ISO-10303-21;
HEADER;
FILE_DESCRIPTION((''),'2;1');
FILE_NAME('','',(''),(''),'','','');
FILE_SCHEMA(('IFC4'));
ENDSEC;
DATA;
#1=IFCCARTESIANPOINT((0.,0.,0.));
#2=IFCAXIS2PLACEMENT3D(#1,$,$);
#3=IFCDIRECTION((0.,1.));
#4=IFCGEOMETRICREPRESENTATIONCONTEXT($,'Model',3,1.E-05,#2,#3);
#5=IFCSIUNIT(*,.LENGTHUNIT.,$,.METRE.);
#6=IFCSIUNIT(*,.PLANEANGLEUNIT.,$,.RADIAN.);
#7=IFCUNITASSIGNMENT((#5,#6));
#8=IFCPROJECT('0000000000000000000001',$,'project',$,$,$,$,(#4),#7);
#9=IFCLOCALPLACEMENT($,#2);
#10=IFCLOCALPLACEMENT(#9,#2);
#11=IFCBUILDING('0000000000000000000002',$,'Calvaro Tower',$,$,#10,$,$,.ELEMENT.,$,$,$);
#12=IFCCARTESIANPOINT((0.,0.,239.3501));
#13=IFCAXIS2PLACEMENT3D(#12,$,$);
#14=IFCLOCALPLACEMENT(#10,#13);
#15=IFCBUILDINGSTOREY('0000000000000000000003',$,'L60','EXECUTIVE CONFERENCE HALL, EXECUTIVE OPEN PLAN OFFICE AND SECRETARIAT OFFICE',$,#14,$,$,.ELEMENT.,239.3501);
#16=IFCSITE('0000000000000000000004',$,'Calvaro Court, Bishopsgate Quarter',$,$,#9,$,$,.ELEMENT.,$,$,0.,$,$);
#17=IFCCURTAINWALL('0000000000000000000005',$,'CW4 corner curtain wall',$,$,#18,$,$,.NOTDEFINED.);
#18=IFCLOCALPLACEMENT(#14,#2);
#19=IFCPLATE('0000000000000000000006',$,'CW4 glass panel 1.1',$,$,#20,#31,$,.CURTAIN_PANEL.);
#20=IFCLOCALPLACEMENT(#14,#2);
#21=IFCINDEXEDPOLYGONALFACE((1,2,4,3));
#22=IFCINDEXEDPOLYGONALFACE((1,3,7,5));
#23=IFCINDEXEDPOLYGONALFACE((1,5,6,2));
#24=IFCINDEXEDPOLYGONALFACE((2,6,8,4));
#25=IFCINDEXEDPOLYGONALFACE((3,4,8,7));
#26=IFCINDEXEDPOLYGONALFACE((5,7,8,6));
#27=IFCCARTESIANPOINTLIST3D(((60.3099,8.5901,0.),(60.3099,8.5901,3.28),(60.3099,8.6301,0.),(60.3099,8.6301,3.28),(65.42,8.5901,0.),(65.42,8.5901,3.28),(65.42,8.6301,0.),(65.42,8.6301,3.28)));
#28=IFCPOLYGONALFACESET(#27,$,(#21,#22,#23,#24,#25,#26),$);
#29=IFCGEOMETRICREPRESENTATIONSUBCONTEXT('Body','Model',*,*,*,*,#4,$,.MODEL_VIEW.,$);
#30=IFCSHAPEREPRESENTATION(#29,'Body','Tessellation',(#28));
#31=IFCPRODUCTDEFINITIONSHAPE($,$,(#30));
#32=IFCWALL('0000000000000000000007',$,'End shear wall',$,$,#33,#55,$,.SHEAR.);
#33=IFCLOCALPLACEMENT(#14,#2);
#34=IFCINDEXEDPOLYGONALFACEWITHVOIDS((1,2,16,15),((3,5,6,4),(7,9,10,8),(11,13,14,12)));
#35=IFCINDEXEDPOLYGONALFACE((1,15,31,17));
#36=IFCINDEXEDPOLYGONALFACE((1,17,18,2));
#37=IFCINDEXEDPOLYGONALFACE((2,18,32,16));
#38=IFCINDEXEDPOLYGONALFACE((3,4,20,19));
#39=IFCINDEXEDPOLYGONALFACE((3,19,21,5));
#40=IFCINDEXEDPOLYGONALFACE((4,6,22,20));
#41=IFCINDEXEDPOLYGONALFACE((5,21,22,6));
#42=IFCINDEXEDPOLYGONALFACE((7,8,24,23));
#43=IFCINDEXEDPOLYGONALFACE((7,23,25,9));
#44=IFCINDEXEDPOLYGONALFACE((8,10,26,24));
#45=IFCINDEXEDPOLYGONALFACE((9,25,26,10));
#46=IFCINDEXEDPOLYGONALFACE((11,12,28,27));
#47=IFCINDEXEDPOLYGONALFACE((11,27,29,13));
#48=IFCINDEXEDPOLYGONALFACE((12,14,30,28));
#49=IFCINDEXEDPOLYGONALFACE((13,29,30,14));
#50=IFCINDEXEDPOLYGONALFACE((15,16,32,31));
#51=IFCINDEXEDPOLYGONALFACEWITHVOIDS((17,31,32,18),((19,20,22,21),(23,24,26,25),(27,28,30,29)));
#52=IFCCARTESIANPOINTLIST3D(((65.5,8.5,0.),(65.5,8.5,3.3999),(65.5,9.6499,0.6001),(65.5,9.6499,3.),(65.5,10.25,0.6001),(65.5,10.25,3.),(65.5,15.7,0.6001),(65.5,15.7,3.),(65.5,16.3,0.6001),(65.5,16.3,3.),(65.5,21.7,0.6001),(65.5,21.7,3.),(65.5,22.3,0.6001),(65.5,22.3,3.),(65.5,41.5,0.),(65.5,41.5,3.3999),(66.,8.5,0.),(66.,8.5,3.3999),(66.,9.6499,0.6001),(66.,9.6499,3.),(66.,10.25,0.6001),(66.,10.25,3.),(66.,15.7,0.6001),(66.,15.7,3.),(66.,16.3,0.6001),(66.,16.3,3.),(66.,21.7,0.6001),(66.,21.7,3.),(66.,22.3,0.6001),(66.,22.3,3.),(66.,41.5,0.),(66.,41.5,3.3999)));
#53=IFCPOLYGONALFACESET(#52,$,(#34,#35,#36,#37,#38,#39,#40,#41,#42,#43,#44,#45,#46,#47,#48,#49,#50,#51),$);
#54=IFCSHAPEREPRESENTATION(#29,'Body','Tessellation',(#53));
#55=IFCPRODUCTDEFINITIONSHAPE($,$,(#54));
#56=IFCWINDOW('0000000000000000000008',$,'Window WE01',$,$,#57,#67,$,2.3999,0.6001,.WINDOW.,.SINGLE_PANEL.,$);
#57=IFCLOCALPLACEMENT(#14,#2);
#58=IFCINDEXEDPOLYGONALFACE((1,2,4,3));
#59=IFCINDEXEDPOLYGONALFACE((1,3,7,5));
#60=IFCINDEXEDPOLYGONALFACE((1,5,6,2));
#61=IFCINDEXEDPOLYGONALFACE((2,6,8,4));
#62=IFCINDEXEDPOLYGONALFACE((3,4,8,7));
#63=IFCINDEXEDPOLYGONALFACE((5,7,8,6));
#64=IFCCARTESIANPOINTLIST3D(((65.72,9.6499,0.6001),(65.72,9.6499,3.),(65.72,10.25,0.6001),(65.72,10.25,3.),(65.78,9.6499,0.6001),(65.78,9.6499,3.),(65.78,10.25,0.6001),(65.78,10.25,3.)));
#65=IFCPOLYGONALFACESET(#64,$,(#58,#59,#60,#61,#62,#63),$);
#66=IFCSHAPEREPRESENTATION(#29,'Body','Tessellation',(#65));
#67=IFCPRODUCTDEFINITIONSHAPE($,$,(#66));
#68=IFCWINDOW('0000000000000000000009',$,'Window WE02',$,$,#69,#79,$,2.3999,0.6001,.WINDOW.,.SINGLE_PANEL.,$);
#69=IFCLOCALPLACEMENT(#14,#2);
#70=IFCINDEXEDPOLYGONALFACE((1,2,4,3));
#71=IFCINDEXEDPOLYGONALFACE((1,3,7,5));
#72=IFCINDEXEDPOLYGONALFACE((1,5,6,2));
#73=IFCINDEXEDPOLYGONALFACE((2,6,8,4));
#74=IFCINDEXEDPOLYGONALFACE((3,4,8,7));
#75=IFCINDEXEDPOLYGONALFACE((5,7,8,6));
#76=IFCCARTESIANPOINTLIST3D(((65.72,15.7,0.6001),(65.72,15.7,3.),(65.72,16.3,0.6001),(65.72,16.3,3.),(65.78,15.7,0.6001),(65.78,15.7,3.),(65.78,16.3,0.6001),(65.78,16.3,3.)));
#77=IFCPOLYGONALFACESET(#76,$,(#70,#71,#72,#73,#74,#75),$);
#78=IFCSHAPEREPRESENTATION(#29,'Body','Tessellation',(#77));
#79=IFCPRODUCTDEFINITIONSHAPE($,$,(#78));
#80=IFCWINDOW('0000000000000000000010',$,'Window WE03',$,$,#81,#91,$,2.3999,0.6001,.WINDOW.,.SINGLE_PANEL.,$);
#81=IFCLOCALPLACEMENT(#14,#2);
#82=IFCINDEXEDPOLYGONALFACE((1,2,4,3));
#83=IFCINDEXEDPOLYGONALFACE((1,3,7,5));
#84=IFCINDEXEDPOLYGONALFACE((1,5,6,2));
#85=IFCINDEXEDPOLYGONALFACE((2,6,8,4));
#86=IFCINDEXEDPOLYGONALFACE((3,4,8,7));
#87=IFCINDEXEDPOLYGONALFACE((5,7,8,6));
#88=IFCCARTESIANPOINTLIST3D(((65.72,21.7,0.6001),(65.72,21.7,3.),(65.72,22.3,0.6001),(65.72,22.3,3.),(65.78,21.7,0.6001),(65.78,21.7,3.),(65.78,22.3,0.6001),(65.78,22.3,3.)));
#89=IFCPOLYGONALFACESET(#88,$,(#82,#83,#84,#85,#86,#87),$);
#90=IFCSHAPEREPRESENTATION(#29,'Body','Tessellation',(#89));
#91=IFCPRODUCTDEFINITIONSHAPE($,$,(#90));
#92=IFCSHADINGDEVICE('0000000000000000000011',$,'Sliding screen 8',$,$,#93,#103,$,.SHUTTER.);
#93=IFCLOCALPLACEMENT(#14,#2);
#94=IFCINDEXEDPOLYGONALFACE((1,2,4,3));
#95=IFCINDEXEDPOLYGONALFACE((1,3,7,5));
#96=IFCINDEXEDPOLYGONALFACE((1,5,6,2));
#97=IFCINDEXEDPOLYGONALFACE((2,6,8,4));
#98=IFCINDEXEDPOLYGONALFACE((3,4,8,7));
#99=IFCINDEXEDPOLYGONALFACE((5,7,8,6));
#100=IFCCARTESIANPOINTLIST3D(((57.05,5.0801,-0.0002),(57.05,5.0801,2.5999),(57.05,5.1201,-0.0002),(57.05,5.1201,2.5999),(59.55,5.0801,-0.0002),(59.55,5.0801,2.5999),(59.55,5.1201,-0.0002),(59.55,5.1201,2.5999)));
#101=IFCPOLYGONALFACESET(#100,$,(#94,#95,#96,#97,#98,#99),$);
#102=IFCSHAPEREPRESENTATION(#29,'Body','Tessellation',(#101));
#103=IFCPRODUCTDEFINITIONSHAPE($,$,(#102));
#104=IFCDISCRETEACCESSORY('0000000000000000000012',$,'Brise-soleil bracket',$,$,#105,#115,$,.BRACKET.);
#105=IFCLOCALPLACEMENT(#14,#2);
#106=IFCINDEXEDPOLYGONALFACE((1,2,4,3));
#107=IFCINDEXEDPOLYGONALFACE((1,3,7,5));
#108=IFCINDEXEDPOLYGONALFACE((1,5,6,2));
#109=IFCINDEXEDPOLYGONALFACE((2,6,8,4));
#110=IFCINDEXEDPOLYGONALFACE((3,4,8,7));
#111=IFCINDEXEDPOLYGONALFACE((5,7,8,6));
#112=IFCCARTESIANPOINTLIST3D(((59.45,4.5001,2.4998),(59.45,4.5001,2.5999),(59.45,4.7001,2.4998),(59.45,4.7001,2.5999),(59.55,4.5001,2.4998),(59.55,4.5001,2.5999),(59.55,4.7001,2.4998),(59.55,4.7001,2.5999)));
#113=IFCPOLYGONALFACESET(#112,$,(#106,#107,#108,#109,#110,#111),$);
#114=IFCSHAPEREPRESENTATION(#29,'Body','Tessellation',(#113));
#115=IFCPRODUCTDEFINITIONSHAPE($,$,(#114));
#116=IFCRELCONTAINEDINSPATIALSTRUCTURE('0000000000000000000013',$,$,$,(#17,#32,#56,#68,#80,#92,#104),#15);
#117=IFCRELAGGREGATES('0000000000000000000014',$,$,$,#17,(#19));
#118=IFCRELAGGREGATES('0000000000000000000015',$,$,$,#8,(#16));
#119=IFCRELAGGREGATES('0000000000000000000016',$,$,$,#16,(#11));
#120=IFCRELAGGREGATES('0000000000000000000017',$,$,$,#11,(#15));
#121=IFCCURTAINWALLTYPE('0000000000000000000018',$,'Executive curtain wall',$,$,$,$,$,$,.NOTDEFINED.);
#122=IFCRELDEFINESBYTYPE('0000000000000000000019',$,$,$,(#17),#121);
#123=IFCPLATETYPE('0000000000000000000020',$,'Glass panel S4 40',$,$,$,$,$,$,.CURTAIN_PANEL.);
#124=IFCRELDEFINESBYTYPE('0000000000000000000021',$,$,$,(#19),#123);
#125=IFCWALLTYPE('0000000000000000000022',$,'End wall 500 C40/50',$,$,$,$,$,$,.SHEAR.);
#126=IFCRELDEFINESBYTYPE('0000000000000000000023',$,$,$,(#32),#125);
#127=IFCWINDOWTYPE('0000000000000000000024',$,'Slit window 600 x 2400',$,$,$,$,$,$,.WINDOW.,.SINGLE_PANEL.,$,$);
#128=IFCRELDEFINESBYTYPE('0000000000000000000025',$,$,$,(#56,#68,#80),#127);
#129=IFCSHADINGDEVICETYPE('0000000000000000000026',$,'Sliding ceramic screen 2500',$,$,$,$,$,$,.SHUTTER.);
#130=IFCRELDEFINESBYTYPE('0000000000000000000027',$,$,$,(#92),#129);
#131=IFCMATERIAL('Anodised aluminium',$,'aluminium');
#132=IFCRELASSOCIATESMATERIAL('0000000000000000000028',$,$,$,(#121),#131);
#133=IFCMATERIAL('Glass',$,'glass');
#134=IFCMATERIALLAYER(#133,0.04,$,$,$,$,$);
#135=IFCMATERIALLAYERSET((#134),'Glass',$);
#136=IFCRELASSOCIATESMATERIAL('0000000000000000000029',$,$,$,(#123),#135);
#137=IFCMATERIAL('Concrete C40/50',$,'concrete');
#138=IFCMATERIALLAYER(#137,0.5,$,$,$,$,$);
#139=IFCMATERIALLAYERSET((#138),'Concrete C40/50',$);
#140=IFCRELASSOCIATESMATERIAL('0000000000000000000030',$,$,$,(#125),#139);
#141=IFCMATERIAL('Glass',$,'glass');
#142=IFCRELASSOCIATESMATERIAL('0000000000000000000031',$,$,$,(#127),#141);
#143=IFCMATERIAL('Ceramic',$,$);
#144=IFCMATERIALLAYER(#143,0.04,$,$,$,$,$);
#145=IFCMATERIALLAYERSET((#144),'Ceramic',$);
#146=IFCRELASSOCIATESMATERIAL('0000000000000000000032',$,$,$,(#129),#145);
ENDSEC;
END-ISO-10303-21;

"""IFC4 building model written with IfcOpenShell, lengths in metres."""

from ifc_helpers import new_model, si_unit, direction, frame, frame_2d, origin, origin_2d, place, context, subcontext, project, spatial, rectangle, extrude, material, layer, layer_set, type_object, element, fill, aggregate, save


model = new_model("IFC4")

# Units and contexts
model_context = context("Model", 3, precision=1e-05, world=origin(), true_north=direction((0.0, 1.0)))
body_context = subcontext(model_context, "Body", "Model", "MODEL_VIEW")
ifc_project = project(units=[si_unit("LENGTHUNIT", "METRE"), si_unit("PLANEANGLEUNIT", "RADIAN")], contexts=[model_context])

# Site, building, storey
site_placement = place(None, origin())
site = spatial("IfcSite", under=ifc_project, at=site_placement, Name="Calvaro Court, Bishopsgate Quarter", CompositionType="ELEMENT", RefElevation=0.0)
building_placement = place(site_placement, origin())
building = spatial("IfcBuilding", under=site, at=building_placement, Name="Calvaro Tower", CompositionType="ELEMENT")
storey_placement = place(building_placement, frame((0.0, 0.0, 239.3501)))
storey = spatial("IfcBuildingStorey", under=building, at=storey_placement, Name="L60", Description="EXECUTIVE CONFERENCE HALL, EXECUTIVE OPEN PLAN OFFICE AND SECRETARIAT OFFICE", CompositionType="ELEMENT", Elevation=239.3501)

# Curtain wall
ifc_material_1 = material(Name="Anodised aluminium", Category="aluminium")
curtain_wall_type = type_object("IfcCurtainWallType", Name="Executive curtain wall", PredefinedType="NOTDEFINED", material=ifc_material_1)
curtain_wall_1_placement = place(storey_placement, origin())
curtain_wall_1 = element("IfcCurtainWall", 1, at=curtain_wall_1_placement, inside=storey, type_object=curtain_wall_type, Name="CW4 corner curtain wall", PredefinedType="NOTDEFINED")

# Plate
ifc_material_2 = material(Name="Glass", Category="glass")
ifc_layer_1 = layer(ifc_material_2, 0.04)
ifc_layer_set_1 = layer_set([ifc_layer_1], Name="Glass")
plate_type = type_object("IfcPlateType", Name="Glass panel S4 40", PredefinedType="CURTAIN_PANEL", material=ifc_layer_set_1)
plate_1_placement = place(storey_placement, frame((62.865, 8.6101, 0.0), z_axis=(0.0, 0.0, 1.0), x_axis=(1.0, 0.0, 0.0)))
plate_1 = element("IfcPlate", 2, at=plate_1_placement, type_object=plate_type, Name="CW4 glass panel 1.1", PredefinedType="CURTAIN_PANEL", context=body_context, shape_type="SweptSolid", body=[
    extrude(rectangle(XDim=5.1101, YDim=0.04, at=origin_2d()), origin(), (0.0, 0.0, 1.0), 3.28),
])
aggregate(curtain_wall_1, [plate_1])

# Wall, openings, windows
ifc_material_3 = material(Name="Concrete C40/50", Category="concrete")
ifc_layer_2 = layer(ifc_material_3, 0.5)
ifc_layer_set_2 = layer_set([ifc_layer_2], Name="Concrete C40/50")
wall_type = type_object("IfcWallType", Name="End wall 500 C40/50", PredefinedType="SHEAR", material=ifc_layer_set_2)
wall_placement = place(storey_placement, frame((65.75, 8.5, 0.0), z_axis=(0.0, 0.0, 1.0), x_axis=(0.0, 1.0, 0.0)))
wall = element("IfcWall", 3, at=wall_placement, inside=storey, type_object=wall_type, Name="End shear wall", PredefinedType="SHEAR", context=body_context, shape_type="SweptSolid", body=[
    extrude(rectangle(XDim=33.0, YDim=0.5, at=frame_2d((16.5, 0.0))), origin(), (0.0, 0.0, 1.0), 3.3999),
])
opening_1_placement = place(wall_placement, frame((1.1499, 0.0, 0.6001)))
opening_1 = element("IfcOpeningElement", 4, at=opening_1_placement, cuts=wall, PredefinedType="OPENING", context=body_context, shape_type="SweptSolid", body=[
    extrude(rectangle(XDim=0.6001, YDim=2.3999, at=frame_2d((0.3, 1.2))), frame((0.0, 0.26, 0.0), z_axis=(0.0, -1.0, 0.0), x_axis=(1.0, 0.0, 0.0)), (0.0, 0.0, 1.0), 0.52),
])
opening_2_placement = place(wall_placement, frame((7.2, 0.0, 0.6001)))
opening_2 = element("IfcOpeningElement", 5, at=opening_2_placement, cuts=wall, PredefinedType="OPENING", context=body_context, shape_type="SweptSolid", body=[
    extrude(rectangle(XDim=0.6001, YDim=2.3999, at=frame_2d((0.3, 1.2))), frame((0.0, 0.26, 0.0), z_axis=(0.0, -1.0, 0.0), x_axis=(1.0, 0.0, 0.0)), (0.0, 0.0, 1.0), 0.52),
])
opening_3_placement = place(wall_placement, frame((13.2, 0.0, 0.6001)))
opening_3 = element("IfcOpeningElement", 6, at=opening_3_placement, cuts=wall, PredefinedType="OPENING", context=body_context, shape_type="SweptSolid", body=[
    extrude(rectangle(XDim=0.6001, YDim=2.3999, at=frame_2d((0.3, 1.2))), frame((0.0, 0.26, 0.0), z_axis=(0.0, -1.0, 0.0), x_axis=(1.0, 0.0, 0.0)), (0.0, 0.0, 1.0), 0.52),
])
ifc_material_4 = material(Name="Glass", Category="glass")
window_type = type_object("IfcWindowType", Name="Slit window 600 x 2400", PartitioningType="SINGLE_PANEL", PredefinedType="WINDOW", material=ifc_material_4)
window_1_placement = place(opening_1_placement, origin())
window_1 = element("IfcWindow", 7, at=window_1_placement, inside=storey, type_object=window_type, Name="Window WE01", OverallHeight=2.3999, OverallWidth=0.6001, PartitioningType="SINGLE_PANEL", PredefinedType="WINDOW", context=body_context, shape_type="SweptSolid", body=[
    extrude(rectangle(XDim=0.6001, YDim=2.3999, at=frame_2d((0.3, 1.2))), frame((0.0, 0.03, 0.0), z_axis=(0.0, -1.0, 0.0), x_axis=(1.0, 0.0, 0.0)), (0.0, 0.0, 1.0), 0.0601),
])
fill(opening_1, window_1)
window_2_placement = place(opening_2_placement, origin())
window_2 = element("IfcWindow", 8, at=window_2_placement, inside=storey, type_object=window_type, Name="Window WE02", OverallHeight=2.3999, OverallWidth=0.6001, PartitioningType="SINGLE_PANEL", PredefinedType="WINDOW", context=body_context, shape_type="SweptSolid", body=[
    extrude(rectangle(XDim=0.6001, YDim=2.3999, at=frame_2d((0.3, 1.2))), frame((0.0, 0.03, 0.0), z_axis=(0.0, -1.0, 0.0), x_axis=(1.0, 0.0, 0.0)), (0.0, 0.0, 1.0), 0.0601),
])
fill(opening_2, window_2)
window_3_placement = place(opening_3_placement, origin())
window_3 = element("IfcWindow", 9, at=window_3_placement, inside=storey, type_object=window_type, Name="Window WE03", OverallHeight=2.3999, OverallWidth=0.6001, PartitioningType="SINGLE_PANEL", PredefinedType="WINDOW", context=body_context, shape_type="SweptSolid", body=[
    extrude(rectangle(XDim=0.6001, YDim=2.3999, at=frame_2d((0.3, 1.2))), frame((0.0, 0.03, 0.0), z_axis=(0.0, -1.0, 0.0), x_axis=(1.0, 0.0, 0.0)), (0.0, 0.0, 1.0), 0.0601),
])
fill(opening_3, window_3)

# Shading device
ifc_material_5 = material(Name="Ceramic")
ifc_layer_3 = layer(ifc_material_5, 0.04)
ifc_layer_set_3 = layer_set([ifc_layer_3], Name="Ceramic")
shading_device_type = type_object("IfcShadingDeviceType", Name="Sliding ceramic screen 2500", PredefinedType="SHUTTER", material=ifc_layer_set_3)
shading_device_placement = place(storey_placement, frame((58.3, 5.1001, -0.0002), z_axis=(0.0, 0.0, 1.0), x_axis=(1.0, 0.0, 0.0)))
element("IfcShadingDevice", 10, at=shading_device_placement, inside=storey, type_object=shading_device_type, Name="Sliding screen 8", PredefinedType="SHUTTER", context=body_context, shape_type="SweptSolid", body=[
    extrude(rectangle(XDim=2.5, YDim=0.04, at=origin_2d()), origin(), (0.0, 0.0, 1.0), 2.6001),
])

# Discrete accessory
discrete_accessory_placement = place(storey_placement, frame((59.5, 4.6001, 2.4998), z_axis=(0.0, 0.0, 1.0), x_axis=(1.0, 0.0, 0.0)))
element("IfcDiscreteAccessory", 11, at=discrete_accessory_placement, inside=storey, Name="Brise-soleil bracket", PredefinedType="BRACKET", context=body_context, shape_type="SweptSolid", body=[
    extrude(rectangle(XDim=0.1001, YDim=0.2, at=origin_2d()), origin(), (0.0, 0.0, 1.0), 0.1001),
])

save(model, "model.ifc")
